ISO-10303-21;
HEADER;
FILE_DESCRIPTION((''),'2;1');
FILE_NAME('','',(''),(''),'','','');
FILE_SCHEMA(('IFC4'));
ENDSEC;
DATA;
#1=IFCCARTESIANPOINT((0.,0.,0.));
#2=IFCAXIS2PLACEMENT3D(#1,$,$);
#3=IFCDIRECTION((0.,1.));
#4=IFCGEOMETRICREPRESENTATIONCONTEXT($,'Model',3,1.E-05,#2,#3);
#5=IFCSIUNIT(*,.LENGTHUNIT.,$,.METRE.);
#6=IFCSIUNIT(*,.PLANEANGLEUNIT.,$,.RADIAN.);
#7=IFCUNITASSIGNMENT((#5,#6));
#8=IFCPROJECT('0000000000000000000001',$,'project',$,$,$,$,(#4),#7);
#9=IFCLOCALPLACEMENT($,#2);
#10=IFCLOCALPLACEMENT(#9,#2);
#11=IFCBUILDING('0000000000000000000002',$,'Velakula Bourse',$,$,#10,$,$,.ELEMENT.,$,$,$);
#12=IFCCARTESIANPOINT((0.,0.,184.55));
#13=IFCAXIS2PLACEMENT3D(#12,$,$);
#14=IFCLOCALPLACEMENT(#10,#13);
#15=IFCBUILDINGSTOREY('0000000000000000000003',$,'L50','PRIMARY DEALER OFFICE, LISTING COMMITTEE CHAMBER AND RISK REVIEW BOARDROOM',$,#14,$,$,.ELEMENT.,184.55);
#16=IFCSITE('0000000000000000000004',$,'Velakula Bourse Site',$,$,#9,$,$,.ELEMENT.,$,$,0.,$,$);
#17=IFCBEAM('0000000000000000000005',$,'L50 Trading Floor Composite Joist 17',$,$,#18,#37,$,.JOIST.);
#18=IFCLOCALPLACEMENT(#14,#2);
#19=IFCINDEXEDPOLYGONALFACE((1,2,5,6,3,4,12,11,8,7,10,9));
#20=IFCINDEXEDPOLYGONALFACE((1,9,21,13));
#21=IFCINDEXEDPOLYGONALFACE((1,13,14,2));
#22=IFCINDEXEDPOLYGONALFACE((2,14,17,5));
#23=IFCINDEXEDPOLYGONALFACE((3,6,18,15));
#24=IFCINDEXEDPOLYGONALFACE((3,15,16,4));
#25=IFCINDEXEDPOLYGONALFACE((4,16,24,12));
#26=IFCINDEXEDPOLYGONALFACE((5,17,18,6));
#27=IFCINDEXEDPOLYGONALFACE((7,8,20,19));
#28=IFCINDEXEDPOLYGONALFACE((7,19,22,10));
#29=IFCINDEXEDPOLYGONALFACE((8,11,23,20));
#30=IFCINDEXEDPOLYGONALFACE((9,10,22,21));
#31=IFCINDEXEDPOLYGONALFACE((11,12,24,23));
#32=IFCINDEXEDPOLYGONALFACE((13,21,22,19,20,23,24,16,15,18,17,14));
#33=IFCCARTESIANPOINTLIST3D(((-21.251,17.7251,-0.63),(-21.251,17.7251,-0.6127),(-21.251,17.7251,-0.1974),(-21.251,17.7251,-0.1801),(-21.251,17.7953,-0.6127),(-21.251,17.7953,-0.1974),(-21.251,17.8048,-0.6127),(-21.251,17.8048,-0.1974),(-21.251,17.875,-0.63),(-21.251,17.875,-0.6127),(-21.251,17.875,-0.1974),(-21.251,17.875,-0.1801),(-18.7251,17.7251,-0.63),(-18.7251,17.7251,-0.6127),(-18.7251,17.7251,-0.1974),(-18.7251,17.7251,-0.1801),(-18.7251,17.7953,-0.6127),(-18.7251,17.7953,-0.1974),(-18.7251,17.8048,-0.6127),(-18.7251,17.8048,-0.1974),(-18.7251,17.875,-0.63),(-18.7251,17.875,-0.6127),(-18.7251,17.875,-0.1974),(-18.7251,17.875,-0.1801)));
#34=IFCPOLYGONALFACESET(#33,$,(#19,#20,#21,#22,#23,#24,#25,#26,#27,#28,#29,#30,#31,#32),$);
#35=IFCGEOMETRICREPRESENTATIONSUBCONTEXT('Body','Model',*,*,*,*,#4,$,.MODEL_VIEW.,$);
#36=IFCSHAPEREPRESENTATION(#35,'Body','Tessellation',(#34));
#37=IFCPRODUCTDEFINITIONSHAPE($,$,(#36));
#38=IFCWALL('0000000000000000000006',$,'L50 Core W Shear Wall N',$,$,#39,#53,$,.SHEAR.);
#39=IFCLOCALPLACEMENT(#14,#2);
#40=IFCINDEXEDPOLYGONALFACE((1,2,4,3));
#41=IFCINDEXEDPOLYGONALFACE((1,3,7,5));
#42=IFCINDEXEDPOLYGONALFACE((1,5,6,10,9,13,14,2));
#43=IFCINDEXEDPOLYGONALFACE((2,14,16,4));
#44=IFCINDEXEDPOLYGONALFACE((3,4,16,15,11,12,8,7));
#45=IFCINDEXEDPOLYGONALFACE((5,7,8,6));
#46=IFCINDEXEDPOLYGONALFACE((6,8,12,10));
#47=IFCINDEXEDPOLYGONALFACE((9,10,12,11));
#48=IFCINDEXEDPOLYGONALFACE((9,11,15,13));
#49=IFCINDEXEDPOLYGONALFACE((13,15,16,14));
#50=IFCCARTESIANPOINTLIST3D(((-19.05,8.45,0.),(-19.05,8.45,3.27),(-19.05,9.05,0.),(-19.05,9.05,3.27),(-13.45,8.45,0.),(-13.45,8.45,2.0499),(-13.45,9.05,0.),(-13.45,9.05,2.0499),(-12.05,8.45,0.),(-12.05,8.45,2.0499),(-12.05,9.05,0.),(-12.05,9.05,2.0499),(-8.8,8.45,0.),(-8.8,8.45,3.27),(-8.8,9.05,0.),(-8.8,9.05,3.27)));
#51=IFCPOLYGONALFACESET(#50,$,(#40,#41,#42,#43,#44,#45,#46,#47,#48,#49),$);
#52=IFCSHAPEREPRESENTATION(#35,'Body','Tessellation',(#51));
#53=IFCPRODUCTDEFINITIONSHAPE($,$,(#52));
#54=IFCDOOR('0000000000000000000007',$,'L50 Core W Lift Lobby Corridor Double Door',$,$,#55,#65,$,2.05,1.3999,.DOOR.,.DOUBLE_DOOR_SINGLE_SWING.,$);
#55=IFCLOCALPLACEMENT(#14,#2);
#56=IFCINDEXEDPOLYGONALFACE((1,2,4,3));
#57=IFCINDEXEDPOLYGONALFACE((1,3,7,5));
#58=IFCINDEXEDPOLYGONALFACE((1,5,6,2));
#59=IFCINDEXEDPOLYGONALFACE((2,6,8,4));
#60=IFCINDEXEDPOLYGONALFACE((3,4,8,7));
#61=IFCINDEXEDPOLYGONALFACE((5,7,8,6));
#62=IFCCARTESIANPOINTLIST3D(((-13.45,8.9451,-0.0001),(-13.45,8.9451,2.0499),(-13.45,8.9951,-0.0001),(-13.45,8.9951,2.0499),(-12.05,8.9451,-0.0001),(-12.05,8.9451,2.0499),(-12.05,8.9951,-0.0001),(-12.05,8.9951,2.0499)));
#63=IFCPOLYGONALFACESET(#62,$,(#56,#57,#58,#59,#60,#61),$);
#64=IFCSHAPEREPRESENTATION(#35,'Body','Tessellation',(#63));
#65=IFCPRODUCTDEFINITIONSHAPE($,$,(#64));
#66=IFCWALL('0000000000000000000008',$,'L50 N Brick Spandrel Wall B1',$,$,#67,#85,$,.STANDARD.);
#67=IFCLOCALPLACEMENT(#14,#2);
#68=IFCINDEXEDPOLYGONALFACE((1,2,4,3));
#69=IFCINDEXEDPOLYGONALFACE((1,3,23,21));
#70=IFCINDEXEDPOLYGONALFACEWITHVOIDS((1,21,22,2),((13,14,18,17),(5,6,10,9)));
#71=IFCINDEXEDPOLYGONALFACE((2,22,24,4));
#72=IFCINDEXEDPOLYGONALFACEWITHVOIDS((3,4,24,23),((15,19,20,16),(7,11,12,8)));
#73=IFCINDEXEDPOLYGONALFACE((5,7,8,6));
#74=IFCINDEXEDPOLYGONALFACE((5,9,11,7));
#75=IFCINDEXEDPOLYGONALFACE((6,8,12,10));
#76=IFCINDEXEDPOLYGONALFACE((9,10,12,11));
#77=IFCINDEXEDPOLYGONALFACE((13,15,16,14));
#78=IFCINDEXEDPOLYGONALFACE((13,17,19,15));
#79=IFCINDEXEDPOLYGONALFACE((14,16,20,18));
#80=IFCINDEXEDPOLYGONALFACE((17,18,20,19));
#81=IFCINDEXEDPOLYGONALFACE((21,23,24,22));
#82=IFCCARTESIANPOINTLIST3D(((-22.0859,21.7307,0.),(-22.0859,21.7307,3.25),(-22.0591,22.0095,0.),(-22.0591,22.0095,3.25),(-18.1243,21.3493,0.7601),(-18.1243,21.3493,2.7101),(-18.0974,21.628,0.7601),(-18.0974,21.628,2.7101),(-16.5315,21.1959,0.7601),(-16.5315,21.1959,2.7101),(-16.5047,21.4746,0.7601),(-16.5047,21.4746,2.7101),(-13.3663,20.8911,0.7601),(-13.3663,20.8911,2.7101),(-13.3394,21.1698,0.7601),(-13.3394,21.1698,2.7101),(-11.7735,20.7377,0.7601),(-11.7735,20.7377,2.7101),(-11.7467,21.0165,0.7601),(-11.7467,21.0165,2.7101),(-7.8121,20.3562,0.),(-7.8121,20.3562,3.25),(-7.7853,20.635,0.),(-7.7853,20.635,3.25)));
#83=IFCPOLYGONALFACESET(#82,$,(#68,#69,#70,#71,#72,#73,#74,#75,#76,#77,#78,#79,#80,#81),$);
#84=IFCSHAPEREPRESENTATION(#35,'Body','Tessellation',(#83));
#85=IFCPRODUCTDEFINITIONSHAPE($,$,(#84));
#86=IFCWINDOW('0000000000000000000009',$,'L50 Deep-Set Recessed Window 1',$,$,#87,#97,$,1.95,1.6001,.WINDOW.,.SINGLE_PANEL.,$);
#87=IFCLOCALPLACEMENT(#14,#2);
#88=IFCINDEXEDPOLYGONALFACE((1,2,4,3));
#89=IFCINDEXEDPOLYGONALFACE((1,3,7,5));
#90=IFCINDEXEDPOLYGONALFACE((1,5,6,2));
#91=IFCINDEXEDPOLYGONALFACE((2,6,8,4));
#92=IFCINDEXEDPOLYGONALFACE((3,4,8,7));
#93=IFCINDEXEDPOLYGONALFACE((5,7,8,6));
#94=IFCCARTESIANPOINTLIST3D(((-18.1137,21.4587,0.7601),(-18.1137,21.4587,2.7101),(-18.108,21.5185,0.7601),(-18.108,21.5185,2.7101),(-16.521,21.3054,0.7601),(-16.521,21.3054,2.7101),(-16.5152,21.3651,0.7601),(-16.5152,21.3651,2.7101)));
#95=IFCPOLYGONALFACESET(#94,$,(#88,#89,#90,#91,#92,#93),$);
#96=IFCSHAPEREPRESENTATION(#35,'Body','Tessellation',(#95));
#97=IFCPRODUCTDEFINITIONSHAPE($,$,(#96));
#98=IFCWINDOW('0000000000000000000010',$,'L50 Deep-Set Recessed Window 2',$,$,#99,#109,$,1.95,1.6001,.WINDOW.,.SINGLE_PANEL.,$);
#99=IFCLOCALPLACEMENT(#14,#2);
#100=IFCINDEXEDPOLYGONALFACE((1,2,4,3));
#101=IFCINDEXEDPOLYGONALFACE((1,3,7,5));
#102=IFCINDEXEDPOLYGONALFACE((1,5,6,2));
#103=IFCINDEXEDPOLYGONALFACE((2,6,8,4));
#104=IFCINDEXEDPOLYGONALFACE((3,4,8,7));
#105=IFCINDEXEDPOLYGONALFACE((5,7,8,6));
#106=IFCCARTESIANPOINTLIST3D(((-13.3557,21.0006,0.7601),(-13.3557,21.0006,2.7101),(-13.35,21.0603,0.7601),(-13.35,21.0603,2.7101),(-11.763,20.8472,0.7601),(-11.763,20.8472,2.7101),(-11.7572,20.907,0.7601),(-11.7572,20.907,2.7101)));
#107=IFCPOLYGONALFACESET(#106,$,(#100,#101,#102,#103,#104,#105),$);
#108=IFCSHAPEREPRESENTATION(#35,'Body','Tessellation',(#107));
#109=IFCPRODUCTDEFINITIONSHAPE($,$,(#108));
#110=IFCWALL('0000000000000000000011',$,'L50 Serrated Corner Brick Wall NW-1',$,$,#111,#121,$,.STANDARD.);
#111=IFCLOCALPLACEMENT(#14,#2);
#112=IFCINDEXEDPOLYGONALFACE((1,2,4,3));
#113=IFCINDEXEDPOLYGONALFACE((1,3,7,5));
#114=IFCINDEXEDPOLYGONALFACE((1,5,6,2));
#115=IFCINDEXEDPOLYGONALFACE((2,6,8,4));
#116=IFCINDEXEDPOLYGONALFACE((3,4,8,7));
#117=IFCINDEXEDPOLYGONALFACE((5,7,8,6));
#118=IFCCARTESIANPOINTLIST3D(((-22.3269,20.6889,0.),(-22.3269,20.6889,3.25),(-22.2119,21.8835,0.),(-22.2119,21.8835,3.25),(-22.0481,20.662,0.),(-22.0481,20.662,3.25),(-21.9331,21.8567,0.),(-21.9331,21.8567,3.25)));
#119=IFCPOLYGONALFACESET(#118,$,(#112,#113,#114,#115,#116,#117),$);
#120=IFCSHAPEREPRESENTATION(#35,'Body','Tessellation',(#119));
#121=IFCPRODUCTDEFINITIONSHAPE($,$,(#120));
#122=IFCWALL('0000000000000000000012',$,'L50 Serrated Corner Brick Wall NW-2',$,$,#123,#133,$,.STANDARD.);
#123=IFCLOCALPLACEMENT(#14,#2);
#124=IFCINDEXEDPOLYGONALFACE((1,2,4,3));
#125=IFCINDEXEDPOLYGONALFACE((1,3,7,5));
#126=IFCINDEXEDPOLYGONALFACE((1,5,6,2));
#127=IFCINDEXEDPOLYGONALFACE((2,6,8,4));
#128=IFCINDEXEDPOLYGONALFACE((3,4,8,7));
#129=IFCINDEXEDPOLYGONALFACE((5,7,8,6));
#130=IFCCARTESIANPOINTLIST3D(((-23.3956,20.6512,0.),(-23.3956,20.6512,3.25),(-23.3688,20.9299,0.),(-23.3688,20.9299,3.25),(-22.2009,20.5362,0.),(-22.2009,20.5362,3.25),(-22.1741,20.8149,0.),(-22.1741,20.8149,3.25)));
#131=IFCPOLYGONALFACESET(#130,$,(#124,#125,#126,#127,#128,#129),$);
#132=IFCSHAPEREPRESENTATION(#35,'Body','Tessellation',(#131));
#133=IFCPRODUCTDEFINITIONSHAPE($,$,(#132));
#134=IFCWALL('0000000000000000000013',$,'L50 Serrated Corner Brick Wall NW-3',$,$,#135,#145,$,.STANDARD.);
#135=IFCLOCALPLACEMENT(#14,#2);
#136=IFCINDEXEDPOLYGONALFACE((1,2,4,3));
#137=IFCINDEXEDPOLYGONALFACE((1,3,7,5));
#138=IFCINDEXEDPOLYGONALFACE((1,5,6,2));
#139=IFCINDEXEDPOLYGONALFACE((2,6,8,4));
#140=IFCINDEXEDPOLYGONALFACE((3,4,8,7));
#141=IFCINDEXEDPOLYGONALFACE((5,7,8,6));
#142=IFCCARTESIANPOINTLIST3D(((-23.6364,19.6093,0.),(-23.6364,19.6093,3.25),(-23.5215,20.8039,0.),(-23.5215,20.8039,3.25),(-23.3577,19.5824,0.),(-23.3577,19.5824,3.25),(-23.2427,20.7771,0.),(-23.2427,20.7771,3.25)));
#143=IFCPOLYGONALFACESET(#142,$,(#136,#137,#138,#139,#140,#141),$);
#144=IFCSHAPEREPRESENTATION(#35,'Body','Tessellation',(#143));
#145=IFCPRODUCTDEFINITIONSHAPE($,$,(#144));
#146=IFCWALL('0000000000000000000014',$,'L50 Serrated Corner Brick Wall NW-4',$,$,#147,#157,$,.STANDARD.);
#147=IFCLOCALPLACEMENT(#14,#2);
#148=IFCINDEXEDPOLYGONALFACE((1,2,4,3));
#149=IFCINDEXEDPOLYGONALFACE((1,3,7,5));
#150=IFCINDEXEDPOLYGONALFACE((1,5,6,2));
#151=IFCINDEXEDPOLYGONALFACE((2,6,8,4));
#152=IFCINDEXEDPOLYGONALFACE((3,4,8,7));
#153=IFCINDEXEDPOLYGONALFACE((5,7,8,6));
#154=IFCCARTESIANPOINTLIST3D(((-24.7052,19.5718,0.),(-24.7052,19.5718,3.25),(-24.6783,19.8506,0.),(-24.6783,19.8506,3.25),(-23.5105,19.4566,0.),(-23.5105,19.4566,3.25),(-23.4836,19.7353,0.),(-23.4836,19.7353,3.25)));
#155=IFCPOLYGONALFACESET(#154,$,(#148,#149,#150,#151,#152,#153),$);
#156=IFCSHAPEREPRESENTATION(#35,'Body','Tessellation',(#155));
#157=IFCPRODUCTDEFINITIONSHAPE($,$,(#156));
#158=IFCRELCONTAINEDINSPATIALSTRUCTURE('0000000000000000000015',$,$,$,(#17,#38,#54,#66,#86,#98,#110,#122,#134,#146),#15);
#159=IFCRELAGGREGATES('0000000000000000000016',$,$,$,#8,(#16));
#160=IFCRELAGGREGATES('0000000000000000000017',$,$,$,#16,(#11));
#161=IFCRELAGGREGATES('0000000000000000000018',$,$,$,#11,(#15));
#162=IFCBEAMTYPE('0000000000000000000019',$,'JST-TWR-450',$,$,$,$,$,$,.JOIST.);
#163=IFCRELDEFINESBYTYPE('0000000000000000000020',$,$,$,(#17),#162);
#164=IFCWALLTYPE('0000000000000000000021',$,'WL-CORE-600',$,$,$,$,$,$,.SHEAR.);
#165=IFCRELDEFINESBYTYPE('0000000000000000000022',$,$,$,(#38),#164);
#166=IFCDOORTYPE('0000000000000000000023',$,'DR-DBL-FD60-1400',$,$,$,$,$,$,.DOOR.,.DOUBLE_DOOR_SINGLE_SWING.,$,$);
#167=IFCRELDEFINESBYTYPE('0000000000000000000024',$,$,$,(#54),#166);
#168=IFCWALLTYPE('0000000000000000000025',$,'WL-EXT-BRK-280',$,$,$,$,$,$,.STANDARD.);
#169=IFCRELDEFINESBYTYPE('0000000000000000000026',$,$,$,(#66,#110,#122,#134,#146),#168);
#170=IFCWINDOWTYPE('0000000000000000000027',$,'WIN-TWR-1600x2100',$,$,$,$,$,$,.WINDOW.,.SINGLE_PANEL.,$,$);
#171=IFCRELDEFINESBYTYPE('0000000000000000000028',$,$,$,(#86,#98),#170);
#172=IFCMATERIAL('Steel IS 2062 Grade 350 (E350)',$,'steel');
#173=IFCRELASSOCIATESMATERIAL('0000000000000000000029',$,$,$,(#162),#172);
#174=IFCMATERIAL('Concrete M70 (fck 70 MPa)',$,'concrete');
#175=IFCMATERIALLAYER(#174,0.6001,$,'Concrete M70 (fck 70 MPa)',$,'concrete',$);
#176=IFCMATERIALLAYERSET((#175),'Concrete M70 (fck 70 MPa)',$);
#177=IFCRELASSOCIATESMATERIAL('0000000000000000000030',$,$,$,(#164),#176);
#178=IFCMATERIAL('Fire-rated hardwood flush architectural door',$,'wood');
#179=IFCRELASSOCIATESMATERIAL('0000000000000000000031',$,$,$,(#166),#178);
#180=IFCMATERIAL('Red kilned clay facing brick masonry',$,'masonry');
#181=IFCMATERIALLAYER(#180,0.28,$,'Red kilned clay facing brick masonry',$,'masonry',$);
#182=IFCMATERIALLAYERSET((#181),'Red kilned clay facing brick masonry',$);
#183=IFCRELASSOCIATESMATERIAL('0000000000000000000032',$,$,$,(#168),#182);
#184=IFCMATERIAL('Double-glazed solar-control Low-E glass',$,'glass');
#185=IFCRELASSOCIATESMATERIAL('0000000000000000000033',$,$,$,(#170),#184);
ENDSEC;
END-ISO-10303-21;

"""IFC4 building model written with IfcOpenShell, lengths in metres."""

from ifc_helpers import new_model, si_unit, direction, frame, frame_2d, origin, origin_2d, place, context, subcontext, project, spatial, rectangle, i_section, extrude, material, layer, layer_set, material_profile, profile_set, type_object, element, fill, save


model = new_model("IFC4")

# Units and contexts
model_context = context("Model", 3, precision=1e-05, world=origin(), true_north=direction((0.0, 1.0)))
body_context = subcontext(model_context, "Body", "Model", "MODEL_VIEW")
ifc_project = project(units=[si_unit("LENGTHUNIT", "METRE"), si_unit("PLANEANGLEUNIT", "RADIAN")], contexts=[model_context])

# Site, building, storey
site_placement = place(None, origin())
site = spatial("IfcSite", under=ifc_project, at=site_placement, Name="Velakula Bourse Site", CompositionType="ELEMENT", RefElevation=0.0)
building_placement = place(site_placement, origin())
building = spatial("IfcBuilding", under=site, at=building_placement, Name="Velakula Bourse", CompositionType="ELEMENT")
storey_placement = place(building_placement, frame((0.0, 0.0, 184.55)))
storey = spatial("IfcBuildingStorey", under=building, at=storey_placement, Name="L50", Description="PRIMARY DEALER OFFICE, LISTING COMMITTEE CHAMBER AND RISK REVIEW BOARDROOM", CompositionType="ELEMENT", Elevation=184.55)

# Shared definitions
ifc_material_1 = material(Name="Steel IS 2062 Grade 350 (E350)", Category="steel")

# Beam
ifc_material_profile_1 = material_profile(ifc_material_1, i_section(OverallWidth=0.1499, OverallDepth=0.45, WebThickness=0.0095, FlangeThickness=0.0173, at=origin_2d()), Name="Steel IS 2062 Grade 350 (E350)")
ifc_profile_set_1 = profile_set([ifc_material_profile_1], Name="Steel IS 2062 Grade 350 (E350)")
beam_type_1 = type_object("IfcBeamType", Name="JST-TWR-450", PredefinedType="JOIST", material=ifc_profile_set_1)
beam_1_placement = place(storey_placement, frame((-21.251, 17.8, -0.405), z_axis=(1.0, 0.0, 0.0), x_axis=(0.0, 1.0, 0.0)))
element("IfcBeam", 1, at=beam_1_placement, inside=storey, type_object=beam_type_1, Name="L50 Trading Floor Composite Joist 17", PredefinedType="JOIST", context=body_context, shape_type="SweptSolid", body=[
    extrude(i_section(OverallWidth=0.1499, OverallDepth=0.45, WebThickness=0.0095, FlangeThickness=0.0173, at=origin_2d()), origin(), (0.0, 0.0, 1.0), 2.5259),
])

# Wall, opening, door
ifc_material_2 = material(Name="Concrete M70 (fck 70 MPa)", Category="concrete")
ifc_layer_1 = layer(ifc_material_2, 0.6001, Name="Concrete M70 (fck 70 MPa)", Category="concrete")
ifc_layer_set_1 = layer_set([ifc_layer_1], Name="Concrete M70 (fck 70 MPa)")
wall_type_1 = type_object("IfcWallType", Name="WL-CORE-600", PredefinedType="SHEAR", material=ifc_layer_set_1)
wall_1_placement = place(storey_placement, frame((-19.05, 8.75, 0.0), z_axis=(0.0, 0.0, 1.0), x_axis=(1.0, 0.0, 0.0)))
wall_1 = element("IfcWall", 2, at=wall_1_placement, inside=storey, type_object=wall_type_1, Name="L50 Core W Shear Wall N", PredefinedType="SHEAR", context=body_context, shape_type="SweptSolid", body=[
    extrude(rectangle(XDim=10.25, YDim=0.6001, at=frame_2d((5.125, 0.0))), origin(), (0.0, 0.0, 1.0), 3.27),
])
opening_1_placement = place(wall_1_placement, frame((5.6001, 0.0, 0.0)))
opening_1 = element("IfcOpeningElement", 3, at=opening_1_placement, cuts=wall_1, PredefinedType="OPENING", context=body_context, shape_type="SweptSolid", body=[
    extrude(rectangle(XDim=1.3999, YDim=2.05, at=frame_2d((0.7, 1.0249))), frame((0.0, 0.3101, 0.0), z_axis=(0.0, -1.0, 0.0), x_axis=(1.0, 0.0, 0.0)), (0.0, 0.0, 1.0), 0.6201),
])
ifc_material_3 = material(Name="Fire-rated hardwood flush architectural door", Category="wood")
door_type_1 = type_object("IfcDoorType", Name="DR-DBL-FD60-1400", OperationType="DOUBLE_DOOR_SINGLE_SWING", PredefinedType="DOOR", material=ifc_material_3)
door_1_placement = place(opening_1_placement, origin())
door_1 = element("IfcDoor", 4, at=door_1_placement, inside=storey, type_object=door_type_1, Name="L50 Core W Lift Lobby Corridor Double Door", OperationType="DOUBLE_DOOR_SINGLE_SWING", OverallHeight=2.05, OverallWidth=1.3999, PredefinedType="DOOR", context=body_context, shape_type="SweptSolid", body=[
    extrude(rectangle(XDim=1.3999, YDim=2.05, at=frame_2d((0.7, 1.0249))), frame((0.0, 0.2451, 0.0), z_axis=(0.0, -1.0, 0.0), x_axis=(1.0, 0.0, 0.0)), (0.0, 0.0, 1.0), 0.05),
])
fill(opening_1, door_1)

# Wall, openings, windows
ifc_material_4 = material(Name="Red kilned clay facing brick masonry", Category="masonry")
ifc_layer_2 = layer(ifc_material_4, 0.28, Name="Red kilned clay facing brick masonry", Category="masonry")
ifc_layer_set_2 = layer_set([ifc_layer_2], Name="Red kilned clay facing brick masonry")
wall_type_2 = type_object("IfcWallType", Name="WL-EXT-BRK-280", PredefinedType="STANDARD", material=ifc_layer_set_2)
wall_2_placement = place(storey_placement, frame((-22.0725, 21.8701, 0.0), z_axis=(0.0, 0.0, 1.0), x_axis=(0.995396, -0.095852, 0.0)))
wall_2 = element("IfcWall", 5, at=wall_2_placement, inside=storey, type_object=wall_type_2, Name="L50 N Brick Spandrel Wall B1", PredefinedType="STANDARD", context=body_context, shape_type="SweptSolid", body=[
    extrude(rectangle(XDim=14.3398, YDim=0.28, at=frame_2d((7.1699, 0.0))), origin(), (0.0, 0.0, 1.0), 3.25),
])
opening_2_placement = place(wall_2_placement, frame((3.98, 0.0, 0.76)))
opening_2 = element("IfcOpeningElement", 6, at=opening_2_placement, cuts=wall_2, PredefinedType="OPENING", context=body_context, shape_type="SweptSolid", body=[
    extrude(rectangle(XDim=1.6001, YDim=1.95, at=frame_2d((0.8, 0.9751))), frame((0.0, 0.1499, 0.0), z_axis=(0.0, -1.0, 0.0), x_axis=(1.0, 0.0, 0.0)), (0.0, 0.0, 1.0), 0.3),
])
opening_3_placement = place(wall_2_placement, frame((8.76, 0.0, 0.76)))
opening_3 = element("IfcOpeningElement", 7, at=opening_3_placement, cuts=wall_2, PredefinedType="OPENING", context=body_context, shape_type="SweptSolid", body=[
    extrude(rectangle(XDim=1.6001, YDim=1.95, at=frame_2d((0.8, 0.9751))), frame((0.0, 0.1499, 0.0), z_axis=(0.0, -1.0, 0.0), x_axis=(1.0, 0.0, 0.0)), (0.0, 0.0, 1.0), 0.3),
])
ifc_material_5 = material(Name="Double-glazed solar-control Low-E glass", Category="glass")
window_type = type_object("IfcWindowType", Name="WIN-TWR-1600x2100", PartitioningType="SINGLE_PANEL", PredefinedType="WINDOW", material=ifc_material_5)
window_1_placement = place(opening_2_placement, origin())
window_1 = element("IfcWindow", 8, at=window_1_placement, inside=storey, type_object=window_type, Name="L50 Deep-Set Recessed Window 1", OverallHeight=1.95, OverallWidth=1.6001, PartitioningType="SINGLE_PANEL", PredefinedType="WINDOW", context=body_context, shape_type="SweptSolid", body=[
    extrude(rectangle(XDim=1.6001, YDim=1.95, at=frame_2d((0.8, 0.9751))), frame((0.0, 0.03, 0.0), z_axis=(0.0, -1.0, 0.0), x_axis=(1.0, 0.0, 0.0)), (0.0, 0.0, 1.0), 0.0601),
])
fill(opening_2, window_1)
window_2_placement = place(opening_3_placement, origin())
window_2 = element("IfcWindow", 9, at=window_2_placement, inside=storey, type_object=window_type, Name="L50 Deep-Set Recessed Window 2", OverallHeight=1.95, OverallWidth=1.6001, PartitioningType="SINGLE_PANEL", PredefinedType="WINDOW", context=body_context, shape_type="SweptSolid", body=[
    extrude(rectangle(XDim=1.6001, YDim=1.95, at=frame_2d((0.8, 0.9751))), frame((0.0, 0.03, 0.0), z_axis=(0.0, -1.0, 0.0), x_axis=(1.0, 0.0, 0.0)), (0.0, 0.0, 1.0), 0.0601),
])
fill(opening_3, window_2)

# Walls
for number, where, z_axis, x_axis, name in (
    (10, (-22.0725, 21.8701, 0.0), (0.0, 0.0, 1.0), (-0.095817, -0.995399, 0.0), "L50 Serrated Corner Brick Wall NW-1"),
    (11, (-22.1875, 20.6755, 0.0), (0.0, 0.0, 1.0), (-0.995399, 0.095817, 0.0), "L50 Serrated Corner Brick Wall NW-2"),
    (12, (-23.3821, 20.7905, 0.0), (0.0, 0.0, 1.0), (-0.095817, -0.995399, 0.0), "L50 Serrated Corner Brick Wall NW-3"),
    (13, (-23.4971, 19.5959, 0.0), (0.0, 0.0, 1.0), (-0.99538, 0.096019, 0.0), "L50 Serrated Corner Brick Wall NW-4"),
):
    element("IfcWall", number, at=place(storey_placement, frame(where, z_axis=z_axis, x_axis=x_axis)), inside=storey, type_object=wall_type_2, Name=name, PredefinedType="STANDARD", context=body_context, shape_type="SweptSolid", body=[
        extrude(rectangle(XDim=1.2002, YDim=0.28, at=frame_2d((0.6001, 0.0))), origin(), (0.0, 0.0, 1.0), 3.25),
    ])

save(model, "model.ifc")
